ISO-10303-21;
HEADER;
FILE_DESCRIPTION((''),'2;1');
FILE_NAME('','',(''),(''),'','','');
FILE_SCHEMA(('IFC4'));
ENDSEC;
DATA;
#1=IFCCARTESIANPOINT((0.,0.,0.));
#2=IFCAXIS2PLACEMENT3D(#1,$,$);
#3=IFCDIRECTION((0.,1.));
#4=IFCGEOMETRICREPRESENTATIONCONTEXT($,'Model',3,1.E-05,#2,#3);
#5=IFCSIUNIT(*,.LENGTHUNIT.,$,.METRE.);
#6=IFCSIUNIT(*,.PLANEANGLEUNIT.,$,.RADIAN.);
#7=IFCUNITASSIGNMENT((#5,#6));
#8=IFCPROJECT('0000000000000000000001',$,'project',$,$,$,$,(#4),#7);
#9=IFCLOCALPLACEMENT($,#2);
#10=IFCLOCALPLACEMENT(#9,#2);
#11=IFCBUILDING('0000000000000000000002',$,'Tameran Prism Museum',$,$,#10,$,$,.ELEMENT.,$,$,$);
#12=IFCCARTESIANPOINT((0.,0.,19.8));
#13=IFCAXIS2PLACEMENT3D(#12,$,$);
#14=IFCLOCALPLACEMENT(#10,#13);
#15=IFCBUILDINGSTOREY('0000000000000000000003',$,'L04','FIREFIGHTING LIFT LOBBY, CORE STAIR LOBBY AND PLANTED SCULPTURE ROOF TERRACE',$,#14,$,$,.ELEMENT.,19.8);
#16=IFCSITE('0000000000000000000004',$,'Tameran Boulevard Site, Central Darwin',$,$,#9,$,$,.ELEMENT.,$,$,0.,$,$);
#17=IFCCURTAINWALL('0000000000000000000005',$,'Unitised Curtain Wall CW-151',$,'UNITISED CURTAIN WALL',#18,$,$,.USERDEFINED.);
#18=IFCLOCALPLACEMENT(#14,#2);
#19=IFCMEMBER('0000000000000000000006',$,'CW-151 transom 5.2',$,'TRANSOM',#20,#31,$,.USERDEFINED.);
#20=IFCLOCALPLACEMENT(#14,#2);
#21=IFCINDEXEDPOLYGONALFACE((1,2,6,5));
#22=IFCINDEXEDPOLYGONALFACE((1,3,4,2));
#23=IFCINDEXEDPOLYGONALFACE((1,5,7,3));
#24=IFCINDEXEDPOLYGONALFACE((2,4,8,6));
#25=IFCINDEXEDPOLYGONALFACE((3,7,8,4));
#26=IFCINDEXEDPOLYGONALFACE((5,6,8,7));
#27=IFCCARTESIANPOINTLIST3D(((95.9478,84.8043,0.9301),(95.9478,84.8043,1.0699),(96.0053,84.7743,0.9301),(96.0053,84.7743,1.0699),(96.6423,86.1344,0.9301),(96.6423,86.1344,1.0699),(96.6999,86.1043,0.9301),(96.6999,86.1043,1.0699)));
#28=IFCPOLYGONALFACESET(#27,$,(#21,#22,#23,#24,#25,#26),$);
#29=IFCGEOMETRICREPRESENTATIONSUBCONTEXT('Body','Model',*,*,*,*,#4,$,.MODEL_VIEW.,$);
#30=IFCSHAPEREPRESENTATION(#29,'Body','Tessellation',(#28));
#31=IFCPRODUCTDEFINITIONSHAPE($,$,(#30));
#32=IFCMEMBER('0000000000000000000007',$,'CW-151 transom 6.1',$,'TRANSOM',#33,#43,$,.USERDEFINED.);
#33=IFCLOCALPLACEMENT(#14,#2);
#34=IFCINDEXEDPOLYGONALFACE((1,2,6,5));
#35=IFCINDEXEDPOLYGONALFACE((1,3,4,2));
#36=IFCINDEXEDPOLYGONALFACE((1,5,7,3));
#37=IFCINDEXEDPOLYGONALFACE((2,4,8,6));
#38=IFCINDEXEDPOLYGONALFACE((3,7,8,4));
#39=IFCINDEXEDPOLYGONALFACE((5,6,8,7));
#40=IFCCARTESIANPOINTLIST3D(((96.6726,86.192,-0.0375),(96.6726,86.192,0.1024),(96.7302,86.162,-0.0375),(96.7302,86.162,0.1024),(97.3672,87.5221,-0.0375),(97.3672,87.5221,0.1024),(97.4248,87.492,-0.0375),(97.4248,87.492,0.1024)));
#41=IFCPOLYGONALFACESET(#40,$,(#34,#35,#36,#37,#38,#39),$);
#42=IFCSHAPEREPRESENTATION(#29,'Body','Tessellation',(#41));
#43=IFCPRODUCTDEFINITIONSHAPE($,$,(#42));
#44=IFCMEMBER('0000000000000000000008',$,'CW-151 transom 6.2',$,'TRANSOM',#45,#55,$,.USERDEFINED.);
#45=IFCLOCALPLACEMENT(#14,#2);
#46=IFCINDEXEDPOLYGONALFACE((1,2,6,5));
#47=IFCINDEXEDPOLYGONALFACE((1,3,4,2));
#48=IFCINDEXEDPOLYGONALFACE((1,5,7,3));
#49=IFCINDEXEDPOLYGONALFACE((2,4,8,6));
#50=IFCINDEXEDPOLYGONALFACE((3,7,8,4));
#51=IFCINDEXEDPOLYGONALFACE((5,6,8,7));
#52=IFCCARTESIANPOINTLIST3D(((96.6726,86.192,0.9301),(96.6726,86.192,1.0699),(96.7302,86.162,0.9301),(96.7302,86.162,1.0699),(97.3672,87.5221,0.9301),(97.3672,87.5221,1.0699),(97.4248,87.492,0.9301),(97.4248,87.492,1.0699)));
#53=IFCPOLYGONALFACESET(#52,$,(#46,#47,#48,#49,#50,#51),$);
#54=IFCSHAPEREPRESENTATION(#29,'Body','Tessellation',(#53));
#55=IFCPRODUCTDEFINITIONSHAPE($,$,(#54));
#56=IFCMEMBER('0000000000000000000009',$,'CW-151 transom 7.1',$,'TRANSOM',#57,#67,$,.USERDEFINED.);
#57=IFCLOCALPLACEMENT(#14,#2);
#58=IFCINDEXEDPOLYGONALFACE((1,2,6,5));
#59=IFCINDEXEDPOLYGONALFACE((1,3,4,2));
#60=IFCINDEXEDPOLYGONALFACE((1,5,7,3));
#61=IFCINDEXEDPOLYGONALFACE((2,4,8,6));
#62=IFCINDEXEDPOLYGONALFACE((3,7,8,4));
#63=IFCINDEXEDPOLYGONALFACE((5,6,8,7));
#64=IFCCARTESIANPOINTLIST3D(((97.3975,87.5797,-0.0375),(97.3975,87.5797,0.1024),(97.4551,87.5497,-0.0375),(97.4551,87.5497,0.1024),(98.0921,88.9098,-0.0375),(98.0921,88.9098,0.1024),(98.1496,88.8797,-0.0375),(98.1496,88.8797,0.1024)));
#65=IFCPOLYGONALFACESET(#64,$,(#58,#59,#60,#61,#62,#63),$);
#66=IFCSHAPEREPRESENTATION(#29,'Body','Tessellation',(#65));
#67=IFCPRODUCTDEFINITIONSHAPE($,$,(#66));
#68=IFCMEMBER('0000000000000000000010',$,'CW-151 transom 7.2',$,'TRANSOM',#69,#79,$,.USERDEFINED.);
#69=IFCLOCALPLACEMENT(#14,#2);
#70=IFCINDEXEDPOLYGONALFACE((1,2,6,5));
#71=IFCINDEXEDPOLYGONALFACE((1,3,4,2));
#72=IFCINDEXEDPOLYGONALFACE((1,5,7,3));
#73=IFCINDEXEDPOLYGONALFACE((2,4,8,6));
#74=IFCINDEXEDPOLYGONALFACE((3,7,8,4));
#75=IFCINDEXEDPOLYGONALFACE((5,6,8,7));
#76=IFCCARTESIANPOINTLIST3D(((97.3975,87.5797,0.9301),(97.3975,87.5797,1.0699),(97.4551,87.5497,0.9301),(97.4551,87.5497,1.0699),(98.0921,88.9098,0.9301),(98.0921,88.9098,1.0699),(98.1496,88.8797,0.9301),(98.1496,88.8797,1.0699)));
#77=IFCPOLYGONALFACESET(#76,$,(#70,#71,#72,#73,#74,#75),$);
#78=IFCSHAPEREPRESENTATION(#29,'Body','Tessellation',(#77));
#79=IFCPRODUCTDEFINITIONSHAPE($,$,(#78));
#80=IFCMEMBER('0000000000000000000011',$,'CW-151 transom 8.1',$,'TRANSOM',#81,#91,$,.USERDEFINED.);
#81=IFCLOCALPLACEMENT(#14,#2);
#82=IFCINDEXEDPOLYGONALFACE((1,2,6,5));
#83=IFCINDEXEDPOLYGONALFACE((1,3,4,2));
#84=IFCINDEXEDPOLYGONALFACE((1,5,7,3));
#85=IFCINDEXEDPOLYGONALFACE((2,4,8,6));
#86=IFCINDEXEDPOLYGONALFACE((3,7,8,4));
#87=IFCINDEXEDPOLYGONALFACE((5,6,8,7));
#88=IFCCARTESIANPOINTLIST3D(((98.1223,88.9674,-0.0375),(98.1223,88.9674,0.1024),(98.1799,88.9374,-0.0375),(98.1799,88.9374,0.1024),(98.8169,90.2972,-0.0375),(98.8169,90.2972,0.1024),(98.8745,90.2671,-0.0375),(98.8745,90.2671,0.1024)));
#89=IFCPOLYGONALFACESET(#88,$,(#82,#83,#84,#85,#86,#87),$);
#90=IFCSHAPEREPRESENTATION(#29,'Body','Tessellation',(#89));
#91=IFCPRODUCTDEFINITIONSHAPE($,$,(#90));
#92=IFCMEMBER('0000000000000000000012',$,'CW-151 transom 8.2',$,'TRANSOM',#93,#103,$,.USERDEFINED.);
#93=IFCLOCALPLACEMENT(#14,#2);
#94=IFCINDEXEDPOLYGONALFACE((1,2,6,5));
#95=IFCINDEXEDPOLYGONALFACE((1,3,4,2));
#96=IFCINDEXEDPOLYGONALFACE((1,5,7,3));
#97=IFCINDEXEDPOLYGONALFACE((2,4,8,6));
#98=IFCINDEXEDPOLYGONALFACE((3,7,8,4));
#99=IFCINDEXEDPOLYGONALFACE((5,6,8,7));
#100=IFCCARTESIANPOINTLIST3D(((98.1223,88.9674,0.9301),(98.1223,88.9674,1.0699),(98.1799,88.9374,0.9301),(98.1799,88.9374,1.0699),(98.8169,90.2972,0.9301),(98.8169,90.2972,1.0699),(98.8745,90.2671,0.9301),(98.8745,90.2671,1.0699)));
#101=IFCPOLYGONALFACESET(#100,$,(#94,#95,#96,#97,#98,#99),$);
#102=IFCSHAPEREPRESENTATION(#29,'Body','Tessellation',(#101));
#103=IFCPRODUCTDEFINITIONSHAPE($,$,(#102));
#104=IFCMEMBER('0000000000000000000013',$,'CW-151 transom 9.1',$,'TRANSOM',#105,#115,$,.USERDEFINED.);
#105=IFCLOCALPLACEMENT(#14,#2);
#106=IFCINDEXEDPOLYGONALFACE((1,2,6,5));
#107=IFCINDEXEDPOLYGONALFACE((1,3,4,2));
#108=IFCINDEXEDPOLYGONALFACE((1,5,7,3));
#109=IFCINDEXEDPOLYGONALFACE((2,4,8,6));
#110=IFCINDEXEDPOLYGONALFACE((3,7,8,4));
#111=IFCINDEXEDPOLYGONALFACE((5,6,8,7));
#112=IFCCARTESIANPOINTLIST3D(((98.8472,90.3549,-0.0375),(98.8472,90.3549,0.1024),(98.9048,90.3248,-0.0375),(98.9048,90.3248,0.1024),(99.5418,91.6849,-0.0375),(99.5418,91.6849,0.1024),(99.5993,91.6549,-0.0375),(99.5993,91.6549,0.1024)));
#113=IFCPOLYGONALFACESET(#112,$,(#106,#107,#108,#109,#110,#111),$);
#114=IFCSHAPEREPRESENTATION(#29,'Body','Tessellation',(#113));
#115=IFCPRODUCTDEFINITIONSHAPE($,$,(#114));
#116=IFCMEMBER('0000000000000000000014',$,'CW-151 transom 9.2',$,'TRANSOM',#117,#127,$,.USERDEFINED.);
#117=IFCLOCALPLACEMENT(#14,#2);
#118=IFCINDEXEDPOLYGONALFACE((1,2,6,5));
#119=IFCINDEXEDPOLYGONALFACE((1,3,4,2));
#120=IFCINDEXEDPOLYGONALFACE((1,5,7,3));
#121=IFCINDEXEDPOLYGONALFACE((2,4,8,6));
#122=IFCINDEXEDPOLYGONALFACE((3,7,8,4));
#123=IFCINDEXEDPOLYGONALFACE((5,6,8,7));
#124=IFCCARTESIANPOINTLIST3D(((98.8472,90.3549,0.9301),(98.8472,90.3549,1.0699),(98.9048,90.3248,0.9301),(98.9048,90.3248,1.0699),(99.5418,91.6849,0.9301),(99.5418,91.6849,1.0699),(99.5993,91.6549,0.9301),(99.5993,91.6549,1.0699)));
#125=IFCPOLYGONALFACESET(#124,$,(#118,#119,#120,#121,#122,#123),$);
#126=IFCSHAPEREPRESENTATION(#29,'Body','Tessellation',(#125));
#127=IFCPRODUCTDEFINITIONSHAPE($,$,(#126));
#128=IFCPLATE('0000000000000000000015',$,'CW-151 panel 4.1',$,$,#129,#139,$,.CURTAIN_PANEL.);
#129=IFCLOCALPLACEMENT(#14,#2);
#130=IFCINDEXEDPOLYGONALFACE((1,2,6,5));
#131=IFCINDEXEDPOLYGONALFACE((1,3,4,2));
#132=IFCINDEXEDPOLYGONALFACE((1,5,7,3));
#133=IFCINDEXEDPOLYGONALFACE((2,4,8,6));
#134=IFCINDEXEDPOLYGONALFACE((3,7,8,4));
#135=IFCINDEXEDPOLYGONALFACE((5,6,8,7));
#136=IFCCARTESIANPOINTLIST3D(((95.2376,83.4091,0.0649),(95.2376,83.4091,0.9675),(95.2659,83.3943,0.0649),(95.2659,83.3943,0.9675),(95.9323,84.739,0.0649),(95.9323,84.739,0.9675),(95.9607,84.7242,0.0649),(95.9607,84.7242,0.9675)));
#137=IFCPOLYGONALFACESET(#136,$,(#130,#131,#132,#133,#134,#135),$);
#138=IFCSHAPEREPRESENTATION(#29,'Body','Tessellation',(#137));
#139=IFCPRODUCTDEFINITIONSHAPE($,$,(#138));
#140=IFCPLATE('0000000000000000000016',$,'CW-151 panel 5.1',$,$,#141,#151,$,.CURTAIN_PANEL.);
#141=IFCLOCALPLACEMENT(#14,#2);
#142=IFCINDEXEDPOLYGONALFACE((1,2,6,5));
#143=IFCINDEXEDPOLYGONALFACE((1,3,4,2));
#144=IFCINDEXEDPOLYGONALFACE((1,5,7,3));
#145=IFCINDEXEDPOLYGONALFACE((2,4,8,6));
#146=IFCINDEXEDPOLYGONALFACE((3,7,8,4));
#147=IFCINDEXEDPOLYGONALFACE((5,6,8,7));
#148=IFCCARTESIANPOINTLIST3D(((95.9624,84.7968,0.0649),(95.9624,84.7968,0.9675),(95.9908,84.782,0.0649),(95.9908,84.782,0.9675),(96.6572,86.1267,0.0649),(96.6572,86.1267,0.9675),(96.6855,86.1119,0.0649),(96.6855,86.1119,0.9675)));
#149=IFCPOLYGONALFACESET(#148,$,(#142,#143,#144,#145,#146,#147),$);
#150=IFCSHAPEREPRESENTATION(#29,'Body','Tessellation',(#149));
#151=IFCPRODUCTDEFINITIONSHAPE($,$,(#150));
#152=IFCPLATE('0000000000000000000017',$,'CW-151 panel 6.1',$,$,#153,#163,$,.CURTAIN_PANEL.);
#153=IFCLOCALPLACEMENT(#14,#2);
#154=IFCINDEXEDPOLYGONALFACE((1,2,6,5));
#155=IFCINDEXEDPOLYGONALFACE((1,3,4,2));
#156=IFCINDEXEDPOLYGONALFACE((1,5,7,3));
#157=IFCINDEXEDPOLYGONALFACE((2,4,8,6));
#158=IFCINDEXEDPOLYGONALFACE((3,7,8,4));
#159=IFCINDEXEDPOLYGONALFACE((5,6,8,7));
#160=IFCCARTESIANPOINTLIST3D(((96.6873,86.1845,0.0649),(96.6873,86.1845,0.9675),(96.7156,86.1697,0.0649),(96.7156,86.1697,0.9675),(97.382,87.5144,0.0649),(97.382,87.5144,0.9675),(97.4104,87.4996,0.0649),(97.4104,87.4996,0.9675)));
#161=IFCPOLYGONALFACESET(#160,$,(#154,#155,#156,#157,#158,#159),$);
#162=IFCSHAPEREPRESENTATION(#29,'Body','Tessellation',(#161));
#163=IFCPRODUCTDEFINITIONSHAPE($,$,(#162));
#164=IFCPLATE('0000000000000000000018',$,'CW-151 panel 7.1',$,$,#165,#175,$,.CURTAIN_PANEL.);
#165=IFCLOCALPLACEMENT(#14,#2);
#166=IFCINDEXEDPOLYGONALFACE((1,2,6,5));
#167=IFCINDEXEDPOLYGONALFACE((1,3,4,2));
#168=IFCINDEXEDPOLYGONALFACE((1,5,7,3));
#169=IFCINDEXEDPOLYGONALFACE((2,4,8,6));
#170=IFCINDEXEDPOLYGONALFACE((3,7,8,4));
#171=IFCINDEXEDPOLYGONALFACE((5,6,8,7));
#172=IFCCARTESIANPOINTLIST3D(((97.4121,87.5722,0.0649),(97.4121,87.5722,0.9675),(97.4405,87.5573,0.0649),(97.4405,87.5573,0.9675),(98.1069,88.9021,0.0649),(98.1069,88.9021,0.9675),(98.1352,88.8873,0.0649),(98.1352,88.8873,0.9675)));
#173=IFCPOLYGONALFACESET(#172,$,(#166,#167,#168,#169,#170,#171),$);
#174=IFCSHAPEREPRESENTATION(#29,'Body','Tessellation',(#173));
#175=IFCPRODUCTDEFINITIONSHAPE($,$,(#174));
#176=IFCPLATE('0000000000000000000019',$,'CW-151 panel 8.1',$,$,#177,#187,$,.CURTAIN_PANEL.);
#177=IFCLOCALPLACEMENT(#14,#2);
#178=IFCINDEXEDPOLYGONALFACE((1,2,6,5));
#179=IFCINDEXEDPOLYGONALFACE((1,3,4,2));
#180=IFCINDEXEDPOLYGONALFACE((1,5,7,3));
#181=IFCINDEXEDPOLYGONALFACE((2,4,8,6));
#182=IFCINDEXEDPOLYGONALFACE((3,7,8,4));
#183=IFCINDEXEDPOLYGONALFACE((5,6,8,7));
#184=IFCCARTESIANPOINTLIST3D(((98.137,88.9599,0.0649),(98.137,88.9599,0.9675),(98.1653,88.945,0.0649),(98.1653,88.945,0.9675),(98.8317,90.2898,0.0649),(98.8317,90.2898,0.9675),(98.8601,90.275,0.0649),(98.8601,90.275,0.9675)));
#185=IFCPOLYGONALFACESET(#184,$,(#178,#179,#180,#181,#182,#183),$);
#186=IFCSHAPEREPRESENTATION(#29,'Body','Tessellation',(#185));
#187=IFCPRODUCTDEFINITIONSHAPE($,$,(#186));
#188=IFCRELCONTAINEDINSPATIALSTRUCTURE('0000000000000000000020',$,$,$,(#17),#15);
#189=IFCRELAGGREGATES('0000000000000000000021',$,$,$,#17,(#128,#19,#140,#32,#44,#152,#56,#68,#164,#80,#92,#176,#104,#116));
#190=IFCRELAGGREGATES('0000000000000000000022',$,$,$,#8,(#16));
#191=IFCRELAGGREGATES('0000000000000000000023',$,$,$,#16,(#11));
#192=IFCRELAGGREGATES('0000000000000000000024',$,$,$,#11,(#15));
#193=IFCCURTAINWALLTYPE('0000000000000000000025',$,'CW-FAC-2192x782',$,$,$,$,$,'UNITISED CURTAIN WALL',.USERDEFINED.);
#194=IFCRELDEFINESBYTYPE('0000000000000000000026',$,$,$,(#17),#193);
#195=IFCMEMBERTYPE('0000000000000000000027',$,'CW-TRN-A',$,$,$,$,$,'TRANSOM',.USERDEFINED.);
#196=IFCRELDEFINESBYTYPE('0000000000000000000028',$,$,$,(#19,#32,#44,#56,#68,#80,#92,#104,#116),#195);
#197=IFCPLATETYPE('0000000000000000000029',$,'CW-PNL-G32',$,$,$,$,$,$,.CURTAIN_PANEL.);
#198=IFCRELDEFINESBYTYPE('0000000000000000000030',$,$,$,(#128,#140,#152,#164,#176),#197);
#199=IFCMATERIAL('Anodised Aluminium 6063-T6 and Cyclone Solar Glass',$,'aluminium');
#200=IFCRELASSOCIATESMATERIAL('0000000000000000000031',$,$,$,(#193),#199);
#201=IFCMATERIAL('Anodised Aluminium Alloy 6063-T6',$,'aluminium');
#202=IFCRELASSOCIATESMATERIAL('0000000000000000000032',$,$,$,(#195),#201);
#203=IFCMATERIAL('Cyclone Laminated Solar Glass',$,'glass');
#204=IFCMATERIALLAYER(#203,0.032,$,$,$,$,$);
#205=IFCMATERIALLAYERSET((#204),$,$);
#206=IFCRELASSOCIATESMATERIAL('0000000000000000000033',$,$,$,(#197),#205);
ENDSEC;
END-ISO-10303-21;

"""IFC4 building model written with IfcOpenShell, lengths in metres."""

from ifc_helpers import new_model, si_unit, direction, frame, origin, origin_2d, place, context, subcontext, project, spatial, rectangle, extrude, material, layer, layer_set, material_profile, profile_set, type_object, element, aggregate, save


model = new_model("IFC4")

# Units and contexts
model_context = context("Model", 3, precision=1e-05, world=origin(), true_north=direction((0.0, 1.0)))
body_context = subcontext(model_context, "Body", "Model", "MODEL_VIEW")
ifc_project = project(units=[si_unit("LENGTHUNIT", "METRE"), si_unit("PLANEANGLEUNIT", "RADIAN")], contexts=[model_context])

# Site, building, storey
site_placement = place(None, origin())
site = spatial("IfcSite", under=ifc_project, at=site_placement, Name="Tameran Boulevard Site, Central Darwin", CompositionType="ELEMENT", RefElevation=0.0)
building_placement = place(site_placement, origin())
building = spatial("IfcBuilding", under=site, at=building_placement, Name="Tameran Prism Museum", CompositionType="ELEMENT")
storey_placement = place(building_placement, frame((0.0, 0.0, 19.8)))
storey = spatial("IfcBuildingStorey", under=building, at=storey_placement, Name="L04", Description="FIREFIGHTING LIFT LOBBY, CORE STAIR LOBBY AND PLANTED SCULPTURE ROOF TERRACE", CompositionType="ELEMENT", Elevation=19.8)

# Curtain wall, members, plates
ifc_material_1 = material(Name="Anodised Aluminium 6063-T6 and Cyclone Solar Glass", Category="aluminium")
curtain_wall_type = type_object("IfcCurtainWallType", Name="CW-FAC-2192x782", ElementType="UNITISED CURTAIN WALL", PredefinedType="USERDEFINED", material=ifc_material_1)
curtain_wall_placement = place(storey_placement, origin())
curtain_wall = element("IfcCurtainWall", 1, at=curtain_wall_placement, inside=storey, type_object=curtain_wall_type, Name="Unitised Curtain Wall CW-151", ObjectType="UNITISED CURTAIN WALL", PredefinedType="USERDEFINED")
ifc_material_2 = material(Name="Anodised Aluminium Alloy 6063-T6", Category="aluminium")
ifc_material_profile_1 = material_profile(ifc_material_2, rectangle(XDim=0.0649, YDim=0.1399, at=origin_2d()))
ifc_profile_set_1 = profile_set([ifc_material_profile_1])
member_type_1 = type_object("IfcMemberType", Name="CW-TRN-A", ElementType="TRANSOM", PredefinedType="USERDEFINED", material=ifc_profile_set_1)
member_1_placement = place(storey_placement, frame((95.9766, 84.7893, 1.0), z_axis=(0.462894, 0.886414, 0.0), x_axis=(-0.886414, 0.462894, 0.0)))
member_1 = element("IfcMember", 2, at=member_1_placement, type_object=member_type_1, Name="CW-151 transom 5.2", ObjectType="TRANSOM", PredefinedType="USERDEFINED", context=body_context, shape_type="SweptSolid", body=[
    extrude(rectangle(XDim=0.0649, YDim=0.1399, at=origin_2d()), origin(), (0.0, 0.0, 1.0), 1.5005),
])
member_2_placement = place(storey_placement, frame((96.7014, 86.177, 0.0325), z_axis=(0.462894, 0.886414, 0.0), x_axis=(-0.886414, 0.462894, 0.0)))
member_2 = element("IfcMember", 3, at=member_2_placement, type_object=member_type_1, Name="CW-151 transom 6.1", ObjectType="TRANSOM", PredefinedType="USERDEFINED", context=body_context, shape_type="SweptSolid", body=[
    extrude(rectangle(XDim=0.0649, YDim=0.1399, at=origin_2d()), origin(), (0.0, 0.0, 1.0), 1.5005),
])
member_3_placement = place(storey_placement, frame((96.7014, 86.177, 1.0), z_axis=(0.462894, 0.886414, 0.0), x_axis=(-0.886414, 0.462894, 0.0)))
member_3 = element("IfcMember", 4, at=member_3_placement, type_object=member_type_1, Name="CW-151 transom 6.2", ObjectType="TRANSOM", PredefinedType="USERDEFINED", context=body_context, shape_type="SweptSolid", body=[
    extrude(rectangle(XDim=0.0649, YDim=0.1399, at=origin_2d()), origin(), (0.0, 0.0, 1.0), 1.5005),
])
member_4_placement = place(storey_placement, frame((97.4263, 87.5647, 0.0325), z_axis=(0.462894, 0.886414, 0.0), x_axis=(-0.886414, 0.462894, 0.0)))
member_4 = element("IfcMember", 5, at=member_4_placement, type_object=member_type_1, Name="CW-151 transom 7.1", ObjectType="TRANSOM", PredefinedType="USERDEFINED", context=body_context, shape_type="SweptSolid", body=[
    extrude(rectangle(XDim=0.0649, YDim=0.1399, at=origin_2d()), origin(), (0.0, 0.0, 1.0), 1.5005),
])
member_5_placement = place(storey_placement, frame((97.4263, 87.5647, 1.0), z_axis=(0.462894, 0.886414, 0.0), x_axis=(-0.886414, 0.462894, 0.0)))
member_5 = element("IfcMember", 6, at=member_5_placement, type_object=member_type_1, Name="CW-151 transom 7.2", ObjectType="TRANSOM", PredefinedType="USERDEFINED", context=body_context, shape_type="SweptSolid", body=[
    extrude(rectangle(XDim=0.0649, YDim=0.1399, at=origin_2d()), origin(), (0.0, 0.0, 1.0), 1.5005),
])
member_6_placement = place(storey_placement, frame((98.1511, 88.9524, 0.0325), z_axis=(0.462961, 0.886379, 0.0), x_axis=(-0.886379, 0.462961, 0.0)))
member_6 = element("IfcMember", 7, at=member_6_placement, type_object=member_type_1, Name="CW-151 transom 8.1", ObjectType="TRANSOM", PredefinedType="USERDEFINED", context=body_context, shape_type="SweptSolid", body=[
    extrude(rectangle(XDim=0.0649, YDim=0.1399, at=origin_2d()), origin(), (0.0, 0.0, 1.0), 1.5002),
])
member_7_placement = place(storey_placement, frame((98.1511, 88.9524, 1.0), z_axis=(0.462961, 0.886379, 0.0), x_axis=(-0.886379, 0.462961, 0.0)))
member_7 = element("IfcMember", 8, at=member_7_placement, type_object=member_type_1, Name="CW-151 transom 8.2", ObjectType="TRANSOM", PredefinedType="USERDEFINED", context=body_context, shape_type="SweptSolid", body=[
    extrude(rectangle(XDim=0.0649, YDim=0.1399, at=origin_2d()), origin(), (0.0, 0.0, 1.0), 1.5002),
])
member_8_placement = place(storey_placement, frame((98.876, 90.3398, 0.0325), z_axis=(0.462894, 0.886414, 0.0), x_axis=(-0.886414, 0.462894, 0.0)))
member_8 = element("IfcMember", 9, at=member_8_placement, type_object=member_type_1, Name="CW-151 transom 9.1", ObjectType="TRANSOM", PredefinedType="USERDEFINED", context=body_context, shape_type="SweptSolid", body=[
    extrude(rectangle(XDim=0.0649, YDim=0.1399, at=origin_2d()), origin(), (0.0, 0.0, 1.0), 1.5005),
])
member_9_placement = place(storey_placement, frame((98.876, 90.3398, 1.0), z_axis=(0.462894, 0.886414, 0.0), x_axis=(-0.886414, 0.462894, 0.0)))
member_9 = element("IfcMember", 10, at=member_9_placement, type_object=member_type_1, Name="CW-151 transom 9.2", ObjectType="TRANSOM", PredefinedType="USERDEFINED", context=body_context, shape_type="SweptSolid", body=[
    extrude(rectangle(XDim=0.0649, YDim=0.1399, at=origin_2d()), origin(), (0.0, 0.0, 1.0), 1.5005),
])
ifc_material_3 = material(Name="Cyclone Laminated Solar Glass", Category="glass")
ifc_layer = layer(ifc_material_3, 0.032)
ifc_layer_set = layer_set([ifc_layer])
plate_type = type_object("IfcPlateType", Name="CW-PNL-G32", PredefinedType="CURTAIN_PANEL", material=ifc_layer_set)
plate_1_placement = place(storey_placement, frame((95.5991, 84.0667, 0.0649), z_axis=(0.0, 0.0, 1.0), x_axis=(0.463003, 0.886357, 0.0)))
plate_1 = element("IfcPlate", 11, at=plate_1_placement, type_object=plate_type, Name="CW-151 panel 4.1", PredefinedType="CURTAIN_PANEL", context=body_context, shape_type="SweptSolid", body=[
    extrude(rectangle(XDim=1.5005, YDim=0.032, at=origin_2d()), origin(), (0.0, 0.0, 1.0), 0.9026),
])
plate_2_placement = place(storey_placement, frame((96.324, 85.4543, 0.0649), z_axis=(0.0, 0.0, 1.0), x_axis=(0.463003, 0.886357, 0.0)))
plate_2 = element("IfcPlate", 12, at=plate_2_placement, type_object=plate_type, Name="CW-151 panel 5.1", PredefinedType="CURTAIN_PANEL", context=body_context, shape_type="SweptSolid", body=[
    extrude(rectangle(XDim=1.5005, YDim=0.032, at=origin_2d()), origin(), (0.0, 0.0, 1.0), 0.9026),
])
plate_3_placement = place(storey_placement, frame((97.0488, 86.842, 0.0649), z_axis=(0.0, 0.0, 1.0), x_axis=(0.463003, 0.886357, 0.0)))
plate_3 = element("IfcPlate", 13, at=plate_3_placement, type_object=plate_type, Name="CW-151 panel 6.1", PredefinedType="CURTAIN_PANEL", context=body_context, shape_type="SweptSolid", body=[
    extrude(rectangle(XDim=1.5005, YDim=0.032, at=origin_2d()), origin(), (0.0, 0.0, 1.0), 0.9026),
])
plate_4_placement = place(storey_placement, frame((97.7737, 88.2297, 0.0649), z_axis=(0.0, 0.0, 1.0), x_axis=(0.463003, 0.886357, 0.0)))
plate_4 = element("IfcPlate", 14, at=plate_4_placement, type_object=plate_type, Name="CW-151 panel 7.1", PredefinedType="CURTAIN_PANEL", context=body_context, shape_type="SweptSolid", body=[
    extrude(rectangle(XDim=1.5005, YDim=0.032, at=origin_2d()), origin(), (0.0, 0.0, 1.0), 0.9026),
])
plate_5_placement = place(storey_placement, frame((98.4985, 89.6174, 0.0649), z_axis=(0.0, 0.0, 1.0), x_axis=(0.463003, 0.886357, 0.0)))
plate_5 = element("IfcPlate", 15, at=plate_5_placement, type_object=plate_type, Name="CW-151 panel 8.1", PredefinedType="CURTAIN_PANEL", context=body_context, shape_type="SweptSolid", body=[
    extrude(rectangle(XDim=1.5005, YDim=0.032, at=origin_2d()), origin(), (0.0, 0.0, 1.0), 0.9026),
])
aggregate(curtain_wall, [plate_1, member_1, plate_2, member_2, member_3, plate_3, member_4, member_5, plate_4, member_6, member_7, plate_5, member_8, member_9])

save(model, "model.ifc")
